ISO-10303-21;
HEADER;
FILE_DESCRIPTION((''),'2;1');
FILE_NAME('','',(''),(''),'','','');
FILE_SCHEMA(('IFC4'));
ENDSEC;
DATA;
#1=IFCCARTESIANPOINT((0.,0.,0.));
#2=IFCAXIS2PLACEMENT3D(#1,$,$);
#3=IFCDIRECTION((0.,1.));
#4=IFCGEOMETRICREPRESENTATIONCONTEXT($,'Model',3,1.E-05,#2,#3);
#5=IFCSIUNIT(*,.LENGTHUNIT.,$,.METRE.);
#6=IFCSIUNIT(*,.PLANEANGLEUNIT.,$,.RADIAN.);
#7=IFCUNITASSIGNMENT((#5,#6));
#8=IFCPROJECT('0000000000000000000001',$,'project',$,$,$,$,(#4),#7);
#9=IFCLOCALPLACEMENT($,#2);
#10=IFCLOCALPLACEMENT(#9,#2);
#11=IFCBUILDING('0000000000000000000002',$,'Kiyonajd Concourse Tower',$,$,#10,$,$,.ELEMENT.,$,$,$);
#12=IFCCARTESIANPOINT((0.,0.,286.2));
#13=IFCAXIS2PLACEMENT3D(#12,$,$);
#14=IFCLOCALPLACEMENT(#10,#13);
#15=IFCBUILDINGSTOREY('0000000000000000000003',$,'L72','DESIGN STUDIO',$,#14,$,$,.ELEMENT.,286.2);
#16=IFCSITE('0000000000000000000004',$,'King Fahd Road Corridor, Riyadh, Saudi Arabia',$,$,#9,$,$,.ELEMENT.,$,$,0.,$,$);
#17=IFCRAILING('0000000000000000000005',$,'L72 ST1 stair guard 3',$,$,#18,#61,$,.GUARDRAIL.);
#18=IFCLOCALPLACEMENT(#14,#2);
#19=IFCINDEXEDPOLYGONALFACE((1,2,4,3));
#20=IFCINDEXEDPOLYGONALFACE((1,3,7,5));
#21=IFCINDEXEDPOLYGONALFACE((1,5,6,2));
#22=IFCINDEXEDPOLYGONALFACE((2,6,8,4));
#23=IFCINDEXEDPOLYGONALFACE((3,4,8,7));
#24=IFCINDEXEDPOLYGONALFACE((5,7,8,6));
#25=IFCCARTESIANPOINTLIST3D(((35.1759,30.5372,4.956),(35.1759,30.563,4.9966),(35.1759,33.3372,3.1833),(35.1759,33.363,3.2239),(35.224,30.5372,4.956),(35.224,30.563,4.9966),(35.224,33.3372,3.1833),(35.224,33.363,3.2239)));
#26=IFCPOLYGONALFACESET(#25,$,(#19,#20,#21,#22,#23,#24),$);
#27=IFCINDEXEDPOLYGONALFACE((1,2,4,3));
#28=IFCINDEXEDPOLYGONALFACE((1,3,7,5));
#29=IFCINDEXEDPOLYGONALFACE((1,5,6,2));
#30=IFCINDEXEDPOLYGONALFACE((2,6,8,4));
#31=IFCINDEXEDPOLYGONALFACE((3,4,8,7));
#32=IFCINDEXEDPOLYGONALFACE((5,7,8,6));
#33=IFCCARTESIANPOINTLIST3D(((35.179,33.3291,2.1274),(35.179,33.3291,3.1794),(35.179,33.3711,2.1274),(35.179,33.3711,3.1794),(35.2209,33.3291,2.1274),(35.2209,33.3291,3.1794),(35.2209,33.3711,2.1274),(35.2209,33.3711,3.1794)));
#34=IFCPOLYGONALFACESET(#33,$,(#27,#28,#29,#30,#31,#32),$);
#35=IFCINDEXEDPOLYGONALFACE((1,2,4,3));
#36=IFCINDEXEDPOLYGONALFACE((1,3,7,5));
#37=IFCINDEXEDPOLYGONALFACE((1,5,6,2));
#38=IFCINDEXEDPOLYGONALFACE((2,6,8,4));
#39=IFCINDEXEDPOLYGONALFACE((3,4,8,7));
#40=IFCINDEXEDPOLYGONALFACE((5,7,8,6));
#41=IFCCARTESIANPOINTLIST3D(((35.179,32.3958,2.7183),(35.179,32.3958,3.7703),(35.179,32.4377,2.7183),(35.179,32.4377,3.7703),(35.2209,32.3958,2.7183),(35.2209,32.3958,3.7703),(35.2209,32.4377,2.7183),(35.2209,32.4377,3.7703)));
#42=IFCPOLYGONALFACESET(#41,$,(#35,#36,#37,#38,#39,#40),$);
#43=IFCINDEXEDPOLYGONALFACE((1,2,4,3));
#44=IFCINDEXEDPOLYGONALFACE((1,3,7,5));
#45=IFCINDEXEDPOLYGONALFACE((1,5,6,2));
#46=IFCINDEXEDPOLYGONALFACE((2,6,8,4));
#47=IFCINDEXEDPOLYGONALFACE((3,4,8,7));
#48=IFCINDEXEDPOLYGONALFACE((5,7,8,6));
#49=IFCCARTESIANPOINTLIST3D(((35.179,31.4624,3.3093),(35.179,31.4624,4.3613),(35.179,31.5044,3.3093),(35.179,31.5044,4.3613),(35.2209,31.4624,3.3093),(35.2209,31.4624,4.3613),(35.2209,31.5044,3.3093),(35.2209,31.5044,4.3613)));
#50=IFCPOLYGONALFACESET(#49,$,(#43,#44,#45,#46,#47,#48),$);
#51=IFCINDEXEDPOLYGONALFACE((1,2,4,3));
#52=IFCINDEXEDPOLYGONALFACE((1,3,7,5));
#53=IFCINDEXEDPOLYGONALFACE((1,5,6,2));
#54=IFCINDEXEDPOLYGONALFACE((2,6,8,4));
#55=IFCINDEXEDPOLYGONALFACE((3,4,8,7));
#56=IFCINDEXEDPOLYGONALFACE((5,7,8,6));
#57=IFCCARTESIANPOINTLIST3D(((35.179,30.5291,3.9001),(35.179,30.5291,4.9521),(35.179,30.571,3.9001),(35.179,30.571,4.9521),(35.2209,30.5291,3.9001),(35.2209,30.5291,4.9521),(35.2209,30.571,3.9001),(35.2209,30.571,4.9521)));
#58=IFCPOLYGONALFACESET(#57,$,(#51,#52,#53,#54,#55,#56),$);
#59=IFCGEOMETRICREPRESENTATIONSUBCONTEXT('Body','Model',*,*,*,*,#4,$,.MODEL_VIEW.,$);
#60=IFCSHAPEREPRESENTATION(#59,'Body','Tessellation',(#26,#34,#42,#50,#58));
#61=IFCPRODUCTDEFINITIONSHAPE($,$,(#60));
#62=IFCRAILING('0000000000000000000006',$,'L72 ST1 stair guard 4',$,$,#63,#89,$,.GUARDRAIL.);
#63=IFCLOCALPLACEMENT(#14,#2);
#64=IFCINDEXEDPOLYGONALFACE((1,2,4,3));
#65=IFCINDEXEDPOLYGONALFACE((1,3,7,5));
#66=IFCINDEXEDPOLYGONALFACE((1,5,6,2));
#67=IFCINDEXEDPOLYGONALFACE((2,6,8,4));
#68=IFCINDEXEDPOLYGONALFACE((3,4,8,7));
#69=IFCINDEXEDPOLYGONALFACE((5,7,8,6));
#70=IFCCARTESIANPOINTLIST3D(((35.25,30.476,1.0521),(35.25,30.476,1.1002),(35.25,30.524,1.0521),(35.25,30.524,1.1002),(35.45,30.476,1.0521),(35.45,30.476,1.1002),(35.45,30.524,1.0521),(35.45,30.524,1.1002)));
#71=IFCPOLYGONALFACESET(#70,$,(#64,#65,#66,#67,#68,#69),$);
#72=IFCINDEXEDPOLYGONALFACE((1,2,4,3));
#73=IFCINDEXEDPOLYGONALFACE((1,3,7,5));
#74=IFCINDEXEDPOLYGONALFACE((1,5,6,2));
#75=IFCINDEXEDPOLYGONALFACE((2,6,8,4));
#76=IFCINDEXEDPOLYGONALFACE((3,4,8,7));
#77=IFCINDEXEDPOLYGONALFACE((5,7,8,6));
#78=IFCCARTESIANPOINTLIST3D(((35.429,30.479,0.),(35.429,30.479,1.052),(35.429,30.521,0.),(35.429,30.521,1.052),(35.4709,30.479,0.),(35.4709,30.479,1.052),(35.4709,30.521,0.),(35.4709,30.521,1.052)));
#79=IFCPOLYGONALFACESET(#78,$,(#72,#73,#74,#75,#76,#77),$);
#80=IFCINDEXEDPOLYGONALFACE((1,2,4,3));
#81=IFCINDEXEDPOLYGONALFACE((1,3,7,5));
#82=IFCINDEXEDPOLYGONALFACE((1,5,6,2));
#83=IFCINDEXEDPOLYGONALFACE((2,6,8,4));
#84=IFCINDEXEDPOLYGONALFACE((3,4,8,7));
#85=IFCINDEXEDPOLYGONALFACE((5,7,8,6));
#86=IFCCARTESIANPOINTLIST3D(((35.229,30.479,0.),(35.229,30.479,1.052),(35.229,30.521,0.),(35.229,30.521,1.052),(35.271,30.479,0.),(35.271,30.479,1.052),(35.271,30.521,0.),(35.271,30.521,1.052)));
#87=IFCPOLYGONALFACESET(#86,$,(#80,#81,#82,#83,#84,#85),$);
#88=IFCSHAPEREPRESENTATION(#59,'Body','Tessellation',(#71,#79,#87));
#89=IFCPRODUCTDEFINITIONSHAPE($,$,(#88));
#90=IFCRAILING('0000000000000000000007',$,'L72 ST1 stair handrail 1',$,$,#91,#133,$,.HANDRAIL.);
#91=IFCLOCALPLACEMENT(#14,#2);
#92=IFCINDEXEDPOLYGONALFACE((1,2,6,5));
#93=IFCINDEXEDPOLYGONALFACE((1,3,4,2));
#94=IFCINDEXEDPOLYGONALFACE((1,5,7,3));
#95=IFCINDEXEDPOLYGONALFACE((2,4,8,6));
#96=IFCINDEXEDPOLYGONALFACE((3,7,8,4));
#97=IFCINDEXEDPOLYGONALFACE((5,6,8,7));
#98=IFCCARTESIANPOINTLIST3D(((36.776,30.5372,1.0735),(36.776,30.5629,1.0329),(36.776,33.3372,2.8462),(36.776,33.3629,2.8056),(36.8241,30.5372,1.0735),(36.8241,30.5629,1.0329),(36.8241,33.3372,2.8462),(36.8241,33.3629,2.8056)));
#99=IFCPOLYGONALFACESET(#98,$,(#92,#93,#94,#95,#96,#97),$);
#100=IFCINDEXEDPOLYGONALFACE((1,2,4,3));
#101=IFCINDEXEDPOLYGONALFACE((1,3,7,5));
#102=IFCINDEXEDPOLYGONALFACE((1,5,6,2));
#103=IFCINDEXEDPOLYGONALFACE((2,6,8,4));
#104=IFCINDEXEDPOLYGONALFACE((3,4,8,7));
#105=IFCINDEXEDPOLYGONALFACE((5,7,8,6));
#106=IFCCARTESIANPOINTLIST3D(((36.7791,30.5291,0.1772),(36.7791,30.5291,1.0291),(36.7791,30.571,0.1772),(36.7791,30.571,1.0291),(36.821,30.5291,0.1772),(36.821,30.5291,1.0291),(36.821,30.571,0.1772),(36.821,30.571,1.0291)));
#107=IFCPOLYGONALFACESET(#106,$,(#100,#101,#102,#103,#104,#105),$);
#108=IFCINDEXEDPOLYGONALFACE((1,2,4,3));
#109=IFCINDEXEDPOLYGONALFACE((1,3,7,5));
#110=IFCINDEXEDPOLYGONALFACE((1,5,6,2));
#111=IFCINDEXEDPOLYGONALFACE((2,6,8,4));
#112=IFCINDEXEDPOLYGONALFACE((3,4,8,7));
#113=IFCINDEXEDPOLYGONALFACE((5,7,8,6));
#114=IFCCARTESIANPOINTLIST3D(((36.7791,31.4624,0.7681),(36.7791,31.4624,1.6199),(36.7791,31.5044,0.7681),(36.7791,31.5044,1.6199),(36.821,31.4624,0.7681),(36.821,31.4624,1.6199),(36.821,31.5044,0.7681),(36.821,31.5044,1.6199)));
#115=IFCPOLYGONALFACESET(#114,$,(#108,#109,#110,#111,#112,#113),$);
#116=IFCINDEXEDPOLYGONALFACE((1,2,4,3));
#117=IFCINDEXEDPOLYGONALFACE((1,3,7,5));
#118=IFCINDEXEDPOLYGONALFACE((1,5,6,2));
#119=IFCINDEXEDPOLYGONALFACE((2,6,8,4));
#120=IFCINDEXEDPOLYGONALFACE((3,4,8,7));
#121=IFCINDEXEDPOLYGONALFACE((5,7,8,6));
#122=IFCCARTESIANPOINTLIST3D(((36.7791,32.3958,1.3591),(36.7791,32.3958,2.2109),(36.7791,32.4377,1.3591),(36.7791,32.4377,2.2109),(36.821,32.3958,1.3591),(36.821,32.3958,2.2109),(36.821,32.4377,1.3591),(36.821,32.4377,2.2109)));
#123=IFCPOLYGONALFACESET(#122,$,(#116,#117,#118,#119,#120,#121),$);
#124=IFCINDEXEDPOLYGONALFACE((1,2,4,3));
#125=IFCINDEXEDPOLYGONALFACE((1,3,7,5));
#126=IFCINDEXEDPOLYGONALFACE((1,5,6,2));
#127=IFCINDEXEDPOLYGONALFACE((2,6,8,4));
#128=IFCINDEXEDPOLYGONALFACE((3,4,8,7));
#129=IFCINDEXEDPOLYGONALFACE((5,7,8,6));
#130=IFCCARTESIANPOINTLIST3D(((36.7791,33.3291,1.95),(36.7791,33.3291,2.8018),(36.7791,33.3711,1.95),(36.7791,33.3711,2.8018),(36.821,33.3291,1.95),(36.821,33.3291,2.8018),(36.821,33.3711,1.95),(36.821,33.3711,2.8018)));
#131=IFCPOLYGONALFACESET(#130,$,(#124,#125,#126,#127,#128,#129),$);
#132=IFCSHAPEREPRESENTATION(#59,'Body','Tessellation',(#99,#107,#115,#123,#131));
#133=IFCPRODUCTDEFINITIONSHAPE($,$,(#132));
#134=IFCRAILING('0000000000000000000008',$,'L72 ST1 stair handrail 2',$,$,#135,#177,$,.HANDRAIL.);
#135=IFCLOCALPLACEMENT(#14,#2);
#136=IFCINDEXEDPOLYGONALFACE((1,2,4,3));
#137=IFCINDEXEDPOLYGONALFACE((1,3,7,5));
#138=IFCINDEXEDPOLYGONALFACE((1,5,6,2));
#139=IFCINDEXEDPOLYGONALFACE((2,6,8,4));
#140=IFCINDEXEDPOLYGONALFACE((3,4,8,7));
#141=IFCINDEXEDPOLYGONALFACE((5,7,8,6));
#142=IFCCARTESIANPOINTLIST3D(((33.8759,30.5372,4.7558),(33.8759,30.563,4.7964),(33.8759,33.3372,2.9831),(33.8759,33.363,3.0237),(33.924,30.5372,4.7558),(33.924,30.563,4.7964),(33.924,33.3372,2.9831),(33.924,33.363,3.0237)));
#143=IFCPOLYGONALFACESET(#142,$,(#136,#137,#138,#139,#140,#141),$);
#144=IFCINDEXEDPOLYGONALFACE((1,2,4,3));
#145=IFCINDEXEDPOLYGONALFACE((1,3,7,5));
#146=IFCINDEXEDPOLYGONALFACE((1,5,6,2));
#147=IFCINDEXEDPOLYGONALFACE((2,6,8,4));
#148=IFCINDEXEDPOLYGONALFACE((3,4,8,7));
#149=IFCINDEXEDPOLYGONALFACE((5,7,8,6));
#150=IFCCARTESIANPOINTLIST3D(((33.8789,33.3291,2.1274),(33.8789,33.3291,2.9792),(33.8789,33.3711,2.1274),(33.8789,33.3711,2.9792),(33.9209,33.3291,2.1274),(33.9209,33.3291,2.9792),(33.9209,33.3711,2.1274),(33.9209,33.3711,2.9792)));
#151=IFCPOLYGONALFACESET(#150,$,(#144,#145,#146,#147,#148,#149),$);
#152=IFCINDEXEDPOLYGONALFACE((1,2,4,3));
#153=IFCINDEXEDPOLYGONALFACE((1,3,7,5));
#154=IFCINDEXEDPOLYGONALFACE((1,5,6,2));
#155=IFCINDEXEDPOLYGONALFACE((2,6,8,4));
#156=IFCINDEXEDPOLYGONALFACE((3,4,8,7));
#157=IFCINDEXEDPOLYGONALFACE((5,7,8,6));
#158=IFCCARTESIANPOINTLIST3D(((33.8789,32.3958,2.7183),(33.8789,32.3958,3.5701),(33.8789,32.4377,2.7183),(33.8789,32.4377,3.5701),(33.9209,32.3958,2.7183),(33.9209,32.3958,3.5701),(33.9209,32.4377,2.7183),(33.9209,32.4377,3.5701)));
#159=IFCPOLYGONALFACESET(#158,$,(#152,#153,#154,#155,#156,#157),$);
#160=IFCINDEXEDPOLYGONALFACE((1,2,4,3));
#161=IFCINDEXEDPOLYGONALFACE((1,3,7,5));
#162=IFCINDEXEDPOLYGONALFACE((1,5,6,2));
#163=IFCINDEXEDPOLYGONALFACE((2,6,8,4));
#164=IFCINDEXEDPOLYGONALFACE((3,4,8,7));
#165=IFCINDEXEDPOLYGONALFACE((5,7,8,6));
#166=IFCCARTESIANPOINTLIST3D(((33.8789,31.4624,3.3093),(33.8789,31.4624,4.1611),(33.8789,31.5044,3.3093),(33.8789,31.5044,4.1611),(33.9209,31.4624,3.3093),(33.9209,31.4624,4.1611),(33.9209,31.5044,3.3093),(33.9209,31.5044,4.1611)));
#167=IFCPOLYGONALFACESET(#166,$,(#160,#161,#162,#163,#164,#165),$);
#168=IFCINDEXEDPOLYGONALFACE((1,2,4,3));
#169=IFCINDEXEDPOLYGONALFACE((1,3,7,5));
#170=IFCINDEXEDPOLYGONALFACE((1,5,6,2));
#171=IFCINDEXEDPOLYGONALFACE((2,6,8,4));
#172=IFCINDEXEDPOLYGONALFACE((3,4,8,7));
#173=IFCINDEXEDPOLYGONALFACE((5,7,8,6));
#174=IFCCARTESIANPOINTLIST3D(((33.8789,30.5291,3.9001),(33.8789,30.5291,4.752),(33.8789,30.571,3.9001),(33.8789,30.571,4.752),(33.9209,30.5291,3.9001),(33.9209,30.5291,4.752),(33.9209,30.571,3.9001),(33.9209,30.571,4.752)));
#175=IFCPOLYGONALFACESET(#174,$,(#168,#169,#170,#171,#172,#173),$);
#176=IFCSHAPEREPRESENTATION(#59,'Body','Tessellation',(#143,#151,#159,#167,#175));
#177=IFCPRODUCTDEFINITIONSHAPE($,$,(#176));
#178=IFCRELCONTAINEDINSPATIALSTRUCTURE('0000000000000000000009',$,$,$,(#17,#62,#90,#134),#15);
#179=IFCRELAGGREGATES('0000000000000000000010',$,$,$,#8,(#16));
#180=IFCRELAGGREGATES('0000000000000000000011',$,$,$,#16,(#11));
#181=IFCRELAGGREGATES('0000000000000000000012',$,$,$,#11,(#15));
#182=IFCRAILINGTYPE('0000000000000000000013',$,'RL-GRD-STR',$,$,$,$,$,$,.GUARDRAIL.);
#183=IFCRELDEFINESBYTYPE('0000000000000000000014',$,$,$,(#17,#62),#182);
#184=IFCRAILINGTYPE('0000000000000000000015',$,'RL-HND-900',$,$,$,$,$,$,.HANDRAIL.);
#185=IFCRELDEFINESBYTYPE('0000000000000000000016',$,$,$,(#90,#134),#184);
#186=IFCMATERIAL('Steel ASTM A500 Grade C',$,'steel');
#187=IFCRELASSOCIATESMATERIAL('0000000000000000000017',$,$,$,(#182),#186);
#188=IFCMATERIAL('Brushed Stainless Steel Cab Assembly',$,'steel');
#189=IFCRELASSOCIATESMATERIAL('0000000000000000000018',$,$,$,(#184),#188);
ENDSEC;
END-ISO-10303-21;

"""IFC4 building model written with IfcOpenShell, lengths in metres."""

from ifc_helpers import new_model, si_unit, direction, frame, origin, origin_2d, place, context, subcontext, project, spatial, rectangle, extrude, material, type_object, element, save


model = new_model("IFC4")

# Units and contexts
model_context = context("Model", 3, precision=1e-05, world=origin(), true_north=direction((0.0, 1.0)))
body_context = subcontext(model_context, "Body", "Model", "MODEL_VIEW")
ifc_project = project(units=[si_unit("LENGTHUNIT", "METRE"), si_unit("PLANEANGLEUNIT", "RADIAN")], contexts=[model_context])

# Site, building, storey
site_placement = place(None, origin())
site = spatial("IfcSite", under=ifc_project, at=site_placement, Name="King Fahd Road Corridor, Riyadh, Saudi Arabia", CompositionType="ELEMENT", RefElevation=0.0)
building_placement = place(site_placement, origin())
building = spatial("IfcBuilding", under=site, at=building_placement, Name="Kiyonajd Concourse Tower", CompositionType="ELEMENT")
storey_placement = place(building_placement, frame((0.0, 0.0, 286.2)))
storey = spatial("IfcBuildingStorey", under=building, at=storey_placement, Name="L72", Description="DESIGN STUDIO", CompositionType="ELEMENT", Elevation=286.2)

# Shared definitions
ifc_material_1 = material(Name="Brushed Stainless Steel Cab Assembly", Category="steel")

# Railings
ifc_material_2 = material(Name="Steel ASTM A500 Grade C", Category="steel")
railing_type_1 = type_object("IfcRailingType", Name="RL-GRD-STR", PredefinedType="GUARDRAIL", material=ifc_material_2)
railing_1_placement = place(storey_placement, frame((35.2, 33.3501, 2.1274)))
element("IfcRailing", 1, at=railing_1_placement, inside=storey, type_object=railing_type_1, Name="L72 ST1 stair guard 3", PredefinedType="GUARDRAIL", context=body_context, shape_type="SweptSolid", body=[
    extrude(rectangle(XDim=0.0481, YDim=0.0481, at=origin_2d()), frame((0.0, 0.0, 1.0762), z_axis=(0.0, -0.844909, 0.53491), x_axis=(1.0, 0.0, 0.0)), (0.0, 0.0, 1.0), 3.314),
    extrude(rectangle(XDim=0.042, YDim=0.042, at=origin_2d()), origin(), (0.0, 0.0, 1.0), 1.052),
    extrude(rectangle(XDim=0.042, YDim=0.042, at=origin_2d()), frame((0.0, -0.9333, 0.5908)), (0.0, 0.0, 1.0), 1.052),
    extrude(rectangle(XDim=0.042, YDim=0.042, at=origin_2d()), frame((0.0, -1.8667, 1.1819)), (0.0, 0.0, 1.0), 1.052),
    extrude(rectangle(XDim=0.042, YDim=0.042, at=origin_2d()), frame((0.0, -2.8, 1.7727)), (0.0, 0.0, 1.0), 1.052),
])
railing_2_placement = place(storey_placement, frame((35.45, 30.5, 0.0)))
element("IfcRailing", 2, at=railing_2_placement, inside=storey, type_object=railing_type_1, Name="L72 ST1 stair guard 4", PredefinedType="GUARDRAIL", context=body_context, shape_type="SweptSolid", body=[
    extrude(rectangle(XDim=0.0481, YDim=0.0481, at=origin_2d()), frame((0.0, 0.0, 1.0762), z_axis=(-1.0, 0.0, 0.0), x_axis=(0.0, -1.0, 0.0)), (0.0, 0.0, 1.0), 0.2),
    extrude(rectangle(XDim=0.042, YDim=0.042, at=origin_2d()), origin(), (0.0, 0.0, 1.0), 1.052),
    extrude(rectangle(XDim=0.042, YDim=0.042, at=origin_2d()), frame((-0.2, 0.0, 0.0)), (0.0, 0.0, 1.0), 1.052),
])
railing_type_2 = type_object("IfcRailingType", Name="RL-HND-900", PredefinedType="HANDRAIL", material=ifc_material_1)
railing_3_placement = place(storey_placement, frame((36.8, 30.55, 0.1772)))
element("IfcRailing", 3, at=railing_3_placement, inside=storey, type_object=railing_type_2, Name="L72 ST1 stair handrail 1", PredefinedType="HANDRAIL", context=body_context, shape_type="SweptSolid", body=[
    extrude(rectangle(XDim=0.0481, YDim=0.0481, at=origin_2d()), frame((0.0, 0.0, 0.876), z_axis=(0.0, 0.844909, 0.53491), x_axis=(-1.0, 0.0, 0.0)), (0.0, 0.0, 1.0), 3.314),
    extrude(rectangle(XDim=0.042, YDim=0.042, at=origin_2d()), origin(), (0.0, 0.0, 1.0), 0.8518),
    extrude(rectangle(XDim=0.042, YDim=0.042, at=origin_2d()), frame((0.0, 0.9333, 0.5908)), (0.0, 0.0, 1.0), 0.8518),
    extrude(rectangle(XDim=0.042, YDim=0.042, at=origin_2d()), frame((0.0, 1.8667, 1.1819)), (0.0, 0.0, 1.0), 0.8518),
    extrude(rectangle(XDim=0.042, YDim=0.042, at=origin_2d()), frame((0.0, 2.8, 1.7727)), (0.0, 0.0, 1.0), 0.8518),
])
railing_4_placement = place(storey_placement, frame((33.8999, 33.3501, 2.1274)))
element("IfcRailing", 4, at=railing_4_placement, inside=storey, type_object=railing_type_2, Name="L72 ST1 stair handrail 2", PredefinedType="HANDRAIL", context=body_context, shape_type="SweptSolid", body=[
    extrude(rectangle(XDim=0.0481, YDim=0.0481, at=origin_2d()), frame((0.0, 0.0, 0.876), z_axis=(0.0, -0.844909, 0.53491), x_axis=(1.0, 0.0, 0.0)), (0.0, 0.0, 1.0), 3.314),
    extrude(rectangle(XDim=0.042, YDim=0.042, at=origin_2d()), origin(), (0.0, 0.0, 1.0), 0.8518),
    extrude(rectangle(XDim=0.042, YDim=0.042, at=origin_2d()), frame((0.0, -0.9333, 0.5908)), (0.0, 0.0, 1.0), 0.8518),
    extrude(rectangle(XDim=0.042, YDim=0.042, at=origin_2d()), frame((0.0, -1.8667, 1.1819)), (0.0, 0.0, 1.0), 0.8518),
    extrude(rectangle(XDim=0.042, YDim=0.042, at=origin_2d()), frame((0.0, -2.8, 1.7727)), (0.0, 0.0, 1.0), 0.8518),
])

save(model, "model.ifc")
